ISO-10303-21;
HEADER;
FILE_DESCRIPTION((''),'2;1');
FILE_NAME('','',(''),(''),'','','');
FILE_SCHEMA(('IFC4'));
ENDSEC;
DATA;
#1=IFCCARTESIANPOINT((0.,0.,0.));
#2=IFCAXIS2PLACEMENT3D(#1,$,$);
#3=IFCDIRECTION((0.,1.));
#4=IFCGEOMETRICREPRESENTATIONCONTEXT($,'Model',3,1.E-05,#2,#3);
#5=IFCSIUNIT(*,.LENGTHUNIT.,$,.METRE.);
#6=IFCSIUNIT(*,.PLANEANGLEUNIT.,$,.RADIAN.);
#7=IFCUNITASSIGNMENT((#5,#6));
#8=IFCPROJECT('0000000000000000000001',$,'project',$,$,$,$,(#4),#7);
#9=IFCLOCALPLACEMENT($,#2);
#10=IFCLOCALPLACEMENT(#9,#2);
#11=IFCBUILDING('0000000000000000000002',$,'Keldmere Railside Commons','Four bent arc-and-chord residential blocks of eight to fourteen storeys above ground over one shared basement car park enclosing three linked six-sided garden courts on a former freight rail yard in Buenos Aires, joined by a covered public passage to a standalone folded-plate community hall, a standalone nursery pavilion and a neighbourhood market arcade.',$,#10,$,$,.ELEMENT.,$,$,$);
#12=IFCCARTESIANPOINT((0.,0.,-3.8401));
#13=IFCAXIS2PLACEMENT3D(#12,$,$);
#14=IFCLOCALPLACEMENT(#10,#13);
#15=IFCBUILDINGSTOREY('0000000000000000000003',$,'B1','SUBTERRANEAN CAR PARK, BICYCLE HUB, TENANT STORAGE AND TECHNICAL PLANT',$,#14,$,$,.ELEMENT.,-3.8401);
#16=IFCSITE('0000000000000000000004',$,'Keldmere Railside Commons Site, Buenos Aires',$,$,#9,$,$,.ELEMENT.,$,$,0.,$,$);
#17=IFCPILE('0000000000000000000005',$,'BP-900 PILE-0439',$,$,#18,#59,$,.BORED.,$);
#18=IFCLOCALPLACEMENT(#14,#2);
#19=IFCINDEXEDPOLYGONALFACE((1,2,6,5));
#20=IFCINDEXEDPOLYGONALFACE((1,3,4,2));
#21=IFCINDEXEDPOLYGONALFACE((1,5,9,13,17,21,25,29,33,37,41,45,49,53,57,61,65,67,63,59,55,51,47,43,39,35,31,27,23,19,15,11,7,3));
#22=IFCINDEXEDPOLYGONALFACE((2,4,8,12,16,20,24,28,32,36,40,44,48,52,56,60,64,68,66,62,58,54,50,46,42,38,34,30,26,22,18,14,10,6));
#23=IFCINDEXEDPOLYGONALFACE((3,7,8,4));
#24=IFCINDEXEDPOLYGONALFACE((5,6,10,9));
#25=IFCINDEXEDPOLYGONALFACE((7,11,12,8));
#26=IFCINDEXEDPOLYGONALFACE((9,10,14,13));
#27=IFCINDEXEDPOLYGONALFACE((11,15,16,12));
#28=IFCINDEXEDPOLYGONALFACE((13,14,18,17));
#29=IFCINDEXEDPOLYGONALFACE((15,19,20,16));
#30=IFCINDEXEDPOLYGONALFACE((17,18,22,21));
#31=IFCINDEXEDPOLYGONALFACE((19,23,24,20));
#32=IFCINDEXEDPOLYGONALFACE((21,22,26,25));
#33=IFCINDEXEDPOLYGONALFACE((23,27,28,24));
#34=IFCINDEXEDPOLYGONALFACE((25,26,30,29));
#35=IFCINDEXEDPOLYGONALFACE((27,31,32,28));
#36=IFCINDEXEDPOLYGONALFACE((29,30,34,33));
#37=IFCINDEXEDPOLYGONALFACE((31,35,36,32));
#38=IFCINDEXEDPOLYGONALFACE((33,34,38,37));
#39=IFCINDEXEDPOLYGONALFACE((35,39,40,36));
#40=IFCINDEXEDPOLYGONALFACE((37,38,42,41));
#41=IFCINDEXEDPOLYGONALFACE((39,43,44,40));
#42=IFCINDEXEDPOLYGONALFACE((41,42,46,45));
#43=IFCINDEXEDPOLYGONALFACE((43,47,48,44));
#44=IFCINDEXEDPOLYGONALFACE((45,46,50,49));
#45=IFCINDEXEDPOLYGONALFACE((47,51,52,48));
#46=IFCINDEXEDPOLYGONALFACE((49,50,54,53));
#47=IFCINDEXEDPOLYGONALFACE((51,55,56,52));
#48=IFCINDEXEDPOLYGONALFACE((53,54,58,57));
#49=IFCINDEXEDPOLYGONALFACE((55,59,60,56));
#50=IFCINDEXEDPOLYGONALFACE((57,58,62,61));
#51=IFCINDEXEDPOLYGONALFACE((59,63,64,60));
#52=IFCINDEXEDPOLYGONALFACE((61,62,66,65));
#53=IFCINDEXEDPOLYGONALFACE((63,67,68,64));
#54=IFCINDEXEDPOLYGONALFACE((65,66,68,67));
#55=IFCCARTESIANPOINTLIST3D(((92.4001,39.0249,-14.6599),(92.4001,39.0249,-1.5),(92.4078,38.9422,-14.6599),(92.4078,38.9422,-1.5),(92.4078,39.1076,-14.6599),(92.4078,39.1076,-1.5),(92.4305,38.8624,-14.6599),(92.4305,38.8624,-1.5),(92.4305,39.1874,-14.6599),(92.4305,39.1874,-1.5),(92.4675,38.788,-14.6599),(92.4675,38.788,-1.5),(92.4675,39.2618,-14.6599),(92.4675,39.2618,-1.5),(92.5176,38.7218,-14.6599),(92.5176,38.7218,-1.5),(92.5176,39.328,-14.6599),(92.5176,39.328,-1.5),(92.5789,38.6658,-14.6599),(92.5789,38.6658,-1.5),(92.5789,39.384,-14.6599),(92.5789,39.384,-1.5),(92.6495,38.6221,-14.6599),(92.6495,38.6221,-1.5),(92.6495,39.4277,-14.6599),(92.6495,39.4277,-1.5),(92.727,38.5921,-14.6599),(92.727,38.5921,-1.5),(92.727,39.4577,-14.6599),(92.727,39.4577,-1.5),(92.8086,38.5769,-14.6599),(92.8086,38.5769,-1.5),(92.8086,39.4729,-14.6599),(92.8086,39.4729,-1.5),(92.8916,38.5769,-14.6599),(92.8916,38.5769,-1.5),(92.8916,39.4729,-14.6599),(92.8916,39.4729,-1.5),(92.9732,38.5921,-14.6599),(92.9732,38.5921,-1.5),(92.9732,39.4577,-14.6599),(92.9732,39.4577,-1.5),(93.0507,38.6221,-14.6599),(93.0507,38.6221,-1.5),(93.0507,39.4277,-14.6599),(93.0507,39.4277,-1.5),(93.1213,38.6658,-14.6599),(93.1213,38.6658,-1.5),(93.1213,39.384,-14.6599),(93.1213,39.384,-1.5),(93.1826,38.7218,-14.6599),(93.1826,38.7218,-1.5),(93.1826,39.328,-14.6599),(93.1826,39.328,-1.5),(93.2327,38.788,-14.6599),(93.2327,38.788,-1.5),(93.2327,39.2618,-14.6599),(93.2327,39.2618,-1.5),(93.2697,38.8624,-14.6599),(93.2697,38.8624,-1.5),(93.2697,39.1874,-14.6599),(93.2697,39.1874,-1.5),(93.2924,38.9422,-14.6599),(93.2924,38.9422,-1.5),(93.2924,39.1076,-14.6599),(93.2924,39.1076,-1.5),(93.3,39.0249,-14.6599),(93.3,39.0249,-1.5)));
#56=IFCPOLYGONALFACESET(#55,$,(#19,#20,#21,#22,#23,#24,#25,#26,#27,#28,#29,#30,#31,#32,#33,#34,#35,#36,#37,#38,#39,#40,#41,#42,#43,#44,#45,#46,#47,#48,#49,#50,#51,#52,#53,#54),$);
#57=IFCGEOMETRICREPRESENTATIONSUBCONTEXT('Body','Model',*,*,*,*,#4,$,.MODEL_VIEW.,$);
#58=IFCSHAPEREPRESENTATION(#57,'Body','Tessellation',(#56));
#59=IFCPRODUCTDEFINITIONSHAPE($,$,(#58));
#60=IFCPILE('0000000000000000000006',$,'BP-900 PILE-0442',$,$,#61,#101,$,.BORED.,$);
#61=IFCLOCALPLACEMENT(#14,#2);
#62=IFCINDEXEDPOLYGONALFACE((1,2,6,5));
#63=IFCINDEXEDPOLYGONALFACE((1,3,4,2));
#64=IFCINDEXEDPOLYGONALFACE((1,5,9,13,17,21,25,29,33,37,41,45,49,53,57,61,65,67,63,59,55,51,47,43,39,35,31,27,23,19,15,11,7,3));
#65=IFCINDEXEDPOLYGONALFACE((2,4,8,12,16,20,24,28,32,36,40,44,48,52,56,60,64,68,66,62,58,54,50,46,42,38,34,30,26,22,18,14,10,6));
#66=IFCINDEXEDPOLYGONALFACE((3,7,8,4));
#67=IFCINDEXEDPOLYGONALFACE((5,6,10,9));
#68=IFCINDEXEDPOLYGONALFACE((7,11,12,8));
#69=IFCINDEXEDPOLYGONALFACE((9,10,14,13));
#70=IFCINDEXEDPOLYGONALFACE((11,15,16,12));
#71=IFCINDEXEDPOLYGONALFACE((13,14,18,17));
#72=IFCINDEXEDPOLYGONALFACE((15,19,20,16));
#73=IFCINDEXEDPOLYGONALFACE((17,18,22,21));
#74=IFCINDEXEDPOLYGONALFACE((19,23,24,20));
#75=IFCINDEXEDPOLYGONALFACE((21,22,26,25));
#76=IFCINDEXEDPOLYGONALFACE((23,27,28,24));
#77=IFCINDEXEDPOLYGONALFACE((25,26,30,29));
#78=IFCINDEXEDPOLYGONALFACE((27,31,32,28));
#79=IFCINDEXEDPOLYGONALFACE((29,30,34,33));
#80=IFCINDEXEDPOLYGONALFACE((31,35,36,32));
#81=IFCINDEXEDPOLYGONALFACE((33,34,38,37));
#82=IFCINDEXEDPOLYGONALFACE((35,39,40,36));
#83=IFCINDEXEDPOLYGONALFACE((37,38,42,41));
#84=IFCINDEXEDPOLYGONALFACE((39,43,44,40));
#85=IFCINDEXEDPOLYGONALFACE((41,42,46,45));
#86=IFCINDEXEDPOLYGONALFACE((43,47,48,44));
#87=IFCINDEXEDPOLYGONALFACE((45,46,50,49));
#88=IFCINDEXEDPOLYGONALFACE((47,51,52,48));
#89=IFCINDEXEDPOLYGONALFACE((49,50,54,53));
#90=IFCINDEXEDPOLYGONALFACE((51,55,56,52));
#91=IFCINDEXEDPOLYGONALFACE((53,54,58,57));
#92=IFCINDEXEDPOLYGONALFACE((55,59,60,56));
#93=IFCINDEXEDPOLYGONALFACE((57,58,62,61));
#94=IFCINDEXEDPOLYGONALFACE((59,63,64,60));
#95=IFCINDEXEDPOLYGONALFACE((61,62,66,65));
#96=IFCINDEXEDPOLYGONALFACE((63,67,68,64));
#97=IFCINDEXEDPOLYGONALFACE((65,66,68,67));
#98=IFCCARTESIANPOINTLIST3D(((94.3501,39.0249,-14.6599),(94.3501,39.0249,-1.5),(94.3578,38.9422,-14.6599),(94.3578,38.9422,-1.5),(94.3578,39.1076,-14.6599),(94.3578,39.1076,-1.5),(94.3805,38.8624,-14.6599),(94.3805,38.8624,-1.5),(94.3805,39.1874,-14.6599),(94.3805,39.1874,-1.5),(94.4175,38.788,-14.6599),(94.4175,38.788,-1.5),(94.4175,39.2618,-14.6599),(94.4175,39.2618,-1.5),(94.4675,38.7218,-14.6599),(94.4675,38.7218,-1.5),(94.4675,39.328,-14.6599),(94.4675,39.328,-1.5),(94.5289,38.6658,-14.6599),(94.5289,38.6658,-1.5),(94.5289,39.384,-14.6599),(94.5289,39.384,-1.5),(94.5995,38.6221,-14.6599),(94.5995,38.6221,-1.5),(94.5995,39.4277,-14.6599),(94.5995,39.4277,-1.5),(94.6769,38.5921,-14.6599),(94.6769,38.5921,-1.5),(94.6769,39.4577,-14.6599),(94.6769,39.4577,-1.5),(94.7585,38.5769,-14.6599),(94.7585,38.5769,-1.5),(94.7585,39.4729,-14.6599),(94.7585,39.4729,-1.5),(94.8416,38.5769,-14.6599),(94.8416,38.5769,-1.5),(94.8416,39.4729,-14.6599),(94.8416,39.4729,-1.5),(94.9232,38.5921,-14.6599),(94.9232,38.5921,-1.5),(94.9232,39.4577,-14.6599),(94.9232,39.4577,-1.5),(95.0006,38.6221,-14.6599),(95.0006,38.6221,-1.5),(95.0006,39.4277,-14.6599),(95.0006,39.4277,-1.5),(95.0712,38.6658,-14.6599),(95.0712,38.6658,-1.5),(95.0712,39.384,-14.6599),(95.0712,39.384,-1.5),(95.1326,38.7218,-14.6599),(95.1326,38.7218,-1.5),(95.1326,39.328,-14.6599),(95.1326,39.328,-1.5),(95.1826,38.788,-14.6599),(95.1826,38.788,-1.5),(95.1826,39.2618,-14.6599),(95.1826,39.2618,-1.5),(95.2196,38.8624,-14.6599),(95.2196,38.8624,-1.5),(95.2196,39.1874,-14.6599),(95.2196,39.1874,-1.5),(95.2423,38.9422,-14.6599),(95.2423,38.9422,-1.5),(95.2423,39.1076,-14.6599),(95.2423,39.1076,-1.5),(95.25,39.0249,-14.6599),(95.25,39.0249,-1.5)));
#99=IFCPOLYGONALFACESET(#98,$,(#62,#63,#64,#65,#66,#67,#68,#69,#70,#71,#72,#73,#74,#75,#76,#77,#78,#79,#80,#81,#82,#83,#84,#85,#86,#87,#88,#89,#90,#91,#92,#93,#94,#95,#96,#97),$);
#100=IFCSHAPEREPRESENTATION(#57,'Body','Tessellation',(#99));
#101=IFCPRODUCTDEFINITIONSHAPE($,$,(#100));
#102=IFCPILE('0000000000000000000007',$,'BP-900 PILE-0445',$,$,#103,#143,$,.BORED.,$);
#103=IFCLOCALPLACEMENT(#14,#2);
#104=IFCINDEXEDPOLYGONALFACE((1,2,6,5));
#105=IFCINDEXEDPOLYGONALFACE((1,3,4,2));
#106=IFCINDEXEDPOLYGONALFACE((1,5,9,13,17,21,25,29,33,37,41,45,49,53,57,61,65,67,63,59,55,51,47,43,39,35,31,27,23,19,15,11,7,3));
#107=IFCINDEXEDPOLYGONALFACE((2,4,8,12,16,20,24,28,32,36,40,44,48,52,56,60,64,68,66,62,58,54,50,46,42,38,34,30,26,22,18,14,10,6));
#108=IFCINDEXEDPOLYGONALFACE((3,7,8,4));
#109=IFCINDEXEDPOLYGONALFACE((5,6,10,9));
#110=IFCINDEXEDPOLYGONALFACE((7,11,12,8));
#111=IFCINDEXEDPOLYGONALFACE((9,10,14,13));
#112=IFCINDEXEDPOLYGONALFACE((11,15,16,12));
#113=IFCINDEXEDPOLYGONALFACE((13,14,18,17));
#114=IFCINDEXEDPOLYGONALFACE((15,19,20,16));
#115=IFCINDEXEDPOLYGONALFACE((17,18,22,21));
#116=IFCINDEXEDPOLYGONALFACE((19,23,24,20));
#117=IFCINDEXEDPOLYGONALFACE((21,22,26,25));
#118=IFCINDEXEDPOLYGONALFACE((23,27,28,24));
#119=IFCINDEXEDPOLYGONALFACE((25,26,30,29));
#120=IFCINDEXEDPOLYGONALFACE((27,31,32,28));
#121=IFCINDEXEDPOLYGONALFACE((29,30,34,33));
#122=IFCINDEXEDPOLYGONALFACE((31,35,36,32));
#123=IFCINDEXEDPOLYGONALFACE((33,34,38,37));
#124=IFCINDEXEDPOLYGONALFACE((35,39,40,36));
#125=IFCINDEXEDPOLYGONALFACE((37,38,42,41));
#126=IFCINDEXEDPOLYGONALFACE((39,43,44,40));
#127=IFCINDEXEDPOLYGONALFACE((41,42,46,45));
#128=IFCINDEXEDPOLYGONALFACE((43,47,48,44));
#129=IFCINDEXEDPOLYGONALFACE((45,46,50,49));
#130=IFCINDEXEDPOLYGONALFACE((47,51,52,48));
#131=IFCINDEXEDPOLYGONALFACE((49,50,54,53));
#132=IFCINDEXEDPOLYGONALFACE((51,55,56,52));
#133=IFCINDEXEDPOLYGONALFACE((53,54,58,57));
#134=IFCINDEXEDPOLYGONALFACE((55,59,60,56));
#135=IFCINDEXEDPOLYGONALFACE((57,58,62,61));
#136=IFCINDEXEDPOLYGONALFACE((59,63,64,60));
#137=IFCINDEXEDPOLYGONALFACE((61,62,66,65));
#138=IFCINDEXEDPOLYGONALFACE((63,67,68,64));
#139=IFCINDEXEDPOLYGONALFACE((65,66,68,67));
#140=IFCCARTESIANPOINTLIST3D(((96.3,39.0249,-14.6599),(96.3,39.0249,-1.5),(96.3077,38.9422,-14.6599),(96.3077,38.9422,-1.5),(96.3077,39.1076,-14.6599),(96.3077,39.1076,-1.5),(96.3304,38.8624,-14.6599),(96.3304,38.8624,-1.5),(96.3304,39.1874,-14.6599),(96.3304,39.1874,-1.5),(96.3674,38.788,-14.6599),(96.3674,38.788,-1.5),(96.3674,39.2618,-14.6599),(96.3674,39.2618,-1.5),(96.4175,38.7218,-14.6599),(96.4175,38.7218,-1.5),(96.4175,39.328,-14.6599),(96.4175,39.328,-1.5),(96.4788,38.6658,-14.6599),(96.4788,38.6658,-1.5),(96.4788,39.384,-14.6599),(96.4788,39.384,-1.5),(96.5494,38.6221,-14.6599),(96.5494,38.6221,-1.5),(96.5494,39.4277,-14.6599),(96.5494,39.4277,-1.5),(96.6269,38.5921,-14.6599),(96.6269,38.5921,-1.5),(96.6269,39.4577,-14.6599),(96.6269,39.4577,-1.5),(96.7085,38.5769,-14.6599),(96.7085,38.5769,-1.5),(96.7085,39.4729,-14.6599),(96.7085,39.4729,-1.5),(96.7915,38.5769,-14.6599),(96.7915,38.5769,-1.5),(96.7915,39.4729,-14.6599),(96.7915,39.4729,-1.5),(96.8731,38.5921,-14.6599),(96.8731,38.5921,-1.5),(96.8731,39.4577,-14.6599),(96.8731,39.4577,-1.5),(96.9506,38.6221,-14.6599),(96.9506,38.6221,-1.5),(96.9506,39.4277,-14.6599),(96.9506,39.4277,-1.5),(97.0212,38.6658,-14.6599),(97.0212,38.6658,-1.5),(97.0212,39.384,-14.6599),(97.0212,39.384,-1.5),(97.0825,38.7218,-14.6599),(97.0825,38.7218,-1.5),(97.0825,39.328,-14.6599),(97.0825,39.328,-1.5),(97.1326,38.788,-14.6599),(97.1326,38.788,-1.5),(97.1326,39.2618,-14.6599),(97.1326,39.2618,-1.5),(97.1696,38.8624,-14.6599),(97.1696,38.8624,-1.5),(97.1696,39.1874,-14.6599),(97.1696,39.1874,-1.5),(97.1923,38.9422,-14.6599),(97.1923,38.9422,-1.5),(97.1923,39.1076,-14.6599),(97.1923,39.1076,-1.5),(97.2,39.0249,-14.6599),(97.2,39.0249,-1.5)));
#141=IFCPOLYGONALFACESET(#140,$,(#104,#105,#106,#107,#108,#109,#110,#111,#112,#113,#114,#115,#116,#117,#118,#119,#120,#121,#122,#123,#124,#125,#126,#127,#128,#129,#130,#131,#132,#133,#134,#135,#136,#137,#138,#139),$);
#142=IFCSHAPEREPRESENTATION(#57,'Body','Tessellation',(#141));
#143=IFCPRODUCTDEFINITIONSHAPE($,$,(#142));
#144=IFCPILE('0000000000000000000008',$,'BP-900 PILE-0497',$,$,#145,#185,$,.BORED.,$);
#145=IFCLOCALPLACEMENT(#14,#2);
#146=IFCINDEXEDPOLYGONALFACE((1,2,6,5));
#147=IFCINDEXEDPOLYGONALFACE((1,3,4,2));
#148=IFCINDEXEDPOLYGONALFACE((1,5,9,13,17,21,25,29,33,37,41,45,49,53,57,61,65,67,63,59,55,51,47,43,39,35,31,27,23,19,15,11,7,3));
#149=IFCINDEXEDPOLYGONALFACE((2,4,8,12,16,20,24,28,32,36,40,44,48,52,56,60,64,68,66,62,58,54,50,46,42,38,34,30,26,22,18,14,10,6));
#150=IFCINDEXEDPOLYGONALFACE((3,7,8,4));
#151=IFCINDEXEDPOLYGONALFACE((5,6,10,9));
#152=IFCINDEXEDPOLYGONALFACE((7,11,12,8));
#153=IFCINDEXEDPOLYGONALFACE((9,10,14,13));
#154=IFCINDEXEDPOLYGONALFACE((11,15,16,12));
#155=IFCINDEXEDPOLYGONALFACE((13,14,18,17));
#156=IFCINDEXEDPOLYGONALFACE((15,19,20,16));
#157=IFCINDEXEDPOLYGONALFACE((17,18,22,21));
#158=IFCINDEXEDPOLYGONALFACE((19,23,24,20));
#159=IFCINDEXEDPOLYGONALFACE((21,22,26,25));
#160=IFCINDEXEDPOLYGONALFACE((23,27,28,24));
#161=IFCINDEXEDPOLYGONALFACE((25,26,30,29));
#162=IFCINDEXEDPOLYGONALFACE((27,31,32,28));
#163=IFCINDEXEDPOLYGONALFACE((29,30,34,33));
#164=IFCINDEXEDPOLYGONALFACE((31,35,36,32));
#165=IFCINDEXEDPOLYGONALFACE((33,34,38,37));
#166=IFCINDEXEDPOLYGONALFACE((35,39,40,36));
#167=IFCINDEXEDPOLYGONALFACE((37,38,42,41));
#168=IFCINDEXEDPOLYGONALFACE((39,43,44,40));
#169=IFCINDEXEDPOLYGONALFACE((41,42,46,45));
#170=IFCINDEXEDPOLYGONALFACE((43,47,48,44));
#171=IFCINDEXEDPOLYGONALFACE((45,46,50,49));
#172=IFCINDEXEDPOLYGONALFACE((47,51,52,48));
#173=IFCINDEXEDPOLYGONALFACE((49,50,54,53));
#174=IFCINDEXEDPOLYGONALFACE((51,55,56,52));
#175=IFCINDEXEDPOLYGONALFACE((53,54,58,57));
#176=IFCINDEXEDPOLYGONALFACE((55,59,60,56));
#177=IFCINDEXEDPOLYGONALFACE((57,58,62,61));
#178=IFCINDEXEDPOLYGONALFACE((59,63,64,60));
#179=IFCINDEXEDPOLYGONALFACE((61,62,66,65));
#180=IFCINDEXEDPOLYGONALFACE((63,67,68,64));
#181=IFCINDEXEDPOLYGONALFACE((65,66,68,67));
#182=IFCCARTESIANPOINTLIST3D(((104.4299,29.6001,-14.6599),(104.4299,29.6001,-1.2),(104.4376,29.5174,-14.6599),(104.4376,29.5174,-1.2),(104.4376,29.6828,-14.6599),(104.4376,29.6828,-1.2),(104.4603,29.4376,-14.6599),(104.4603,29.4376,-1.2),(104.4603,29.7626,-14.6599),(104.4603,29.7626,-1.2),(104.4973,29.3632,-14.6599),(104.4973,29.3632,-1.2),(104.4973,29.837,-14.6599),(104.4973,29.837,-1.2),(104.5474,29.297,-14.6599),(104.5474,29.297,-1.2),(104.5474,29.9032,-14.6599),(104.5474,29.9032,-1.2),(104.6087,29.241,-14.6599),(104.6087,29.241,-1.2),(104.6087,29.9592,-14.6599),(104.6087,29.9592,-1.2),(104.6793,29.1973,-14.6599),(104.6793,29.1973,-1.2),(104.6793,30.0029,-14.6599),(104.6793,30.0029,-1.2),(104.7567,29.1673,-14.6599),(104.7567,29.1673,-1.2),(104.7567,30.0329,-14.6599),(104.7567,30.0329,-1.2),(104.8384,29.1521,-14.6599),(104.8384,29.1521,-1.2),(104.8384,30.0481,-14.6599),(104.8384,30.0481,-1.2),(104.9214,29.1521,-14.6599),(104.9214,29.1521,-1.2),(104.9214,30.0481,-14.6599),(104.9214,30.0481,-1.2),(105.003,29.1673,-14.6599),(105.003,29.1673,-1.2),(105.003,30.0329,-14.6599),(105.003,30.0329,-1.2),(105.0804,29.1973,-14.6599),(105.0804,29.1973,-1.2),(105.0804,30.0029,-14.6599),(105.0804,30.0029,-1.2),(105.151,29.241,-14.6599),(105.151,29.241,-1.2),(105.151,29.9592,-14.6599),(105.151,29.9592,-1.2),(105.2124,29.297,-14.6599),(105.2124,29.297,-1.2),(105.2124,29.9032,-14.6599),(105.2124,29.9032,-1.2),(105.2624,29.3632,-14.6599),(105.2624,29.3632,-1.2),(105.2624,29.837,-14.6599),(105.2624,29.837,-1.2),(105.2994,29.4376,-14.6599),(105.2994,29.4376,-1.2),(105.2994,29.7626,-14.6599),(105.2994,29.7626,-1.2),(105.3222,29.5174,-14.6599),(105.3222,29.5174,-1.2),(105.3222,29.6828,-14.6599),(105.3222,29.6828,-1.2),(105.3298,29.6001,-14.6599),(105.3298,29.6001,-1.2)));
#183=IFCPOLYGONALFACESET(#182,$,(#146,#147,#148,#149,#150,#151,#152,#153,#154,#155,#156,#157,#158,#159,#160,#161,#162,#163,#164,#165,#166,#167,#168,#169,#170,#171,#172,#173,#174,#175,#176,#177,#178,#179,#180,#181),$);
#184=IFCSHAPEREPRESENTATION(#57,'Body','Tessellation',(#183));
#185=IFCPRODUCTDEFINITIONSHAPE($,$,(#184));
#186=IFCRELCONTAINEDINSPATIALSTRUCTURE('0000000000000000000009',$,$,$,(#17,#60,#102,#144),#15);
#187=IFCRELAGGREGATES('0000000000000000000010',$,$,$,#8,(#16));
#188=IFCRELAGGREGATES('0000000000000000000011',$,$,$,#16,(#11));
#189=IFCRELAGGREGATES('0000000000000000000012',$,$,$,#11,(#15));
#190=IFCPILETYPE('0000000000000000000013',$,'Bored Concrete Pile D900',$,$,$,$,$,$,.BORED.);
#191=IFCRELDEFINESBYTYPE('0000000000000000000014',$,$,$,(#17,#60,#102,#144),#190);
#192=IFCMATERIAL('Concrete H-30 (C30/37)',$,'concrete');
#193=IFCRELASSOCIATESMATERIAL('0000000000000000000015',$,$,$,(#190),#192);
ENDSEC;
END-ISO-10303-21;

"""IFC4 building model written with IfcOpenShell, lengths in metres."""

from ifc_helpers import new_model, si_unit, direction, frame, origin, origin_2d, place, context, subcontext, project, spatial, circle, extrude, material, material_profile, profile_set, type_object, element, save


model = new_model("IFC4")

# Units and contexts
model_context = context("Model", 3, precision=1e-05, world=origin(), true_north=direction((0.0, 1.0)))
body_context = subcontext(model_context, "Body", "Model", "MODEL_VIEW")
ifc_project = project(units=[si_unit("LENGTHUNIT", "METRE"), si_unit("PLANEANGLEUNIT", "RADIAN")], contexts=[model_context])

# Site, building, storey
site_placement = place(None, origin())
site = spatial("IfcSite", under=ifc_project, at=site_placement, Name="Keldmere Railside Commons Site, Buenos Aires", CompositionType="ELEMENT", RefElevation=0.0)
building_placement = place(site_placement, origin())
building = spatial("IfcBuilding", under=site, at=building_placement, Name="Keldmere Railside Commons", Description="Four bent arc-and-chord residential blocks of eight to fourteen storeys above ground over one shared basement car park enclosing three linked six-sided garden courts on a former freight rail yard in Buenos Aires, joined by a covered public passage to a standalone folded-plate community hall, a standalone nursery pavilion and a neighbourhood market arcade.", CompositionType="ELEMENT")
storey_placement = place(building_placement, frame((0.0, 0.0, -3.8401)))
storey = spatial("IfcBuildingStorey", under=building, at=storey_placement, Name="B1", Description="SUBTERRANEAN CAR PARK, BICYCLE HUB, TENANT STORAGE AND TECHNICAL PLANT", CompositionType="ELEMENT", Elevation=-3.8401)

# Piles
ifc_material_1 = material(Name="Concrete H-30 (C30/37)", Category="concrete")
ifc_material_profile_1 = material_profile(ifc_material_1, circle(Radius=0.45, at=origin_2d()), Name="PILE-D900")
ifc_profile_set_1 = profile_set([ifc_material_profile_1], Name="Concrete H-30 (C30/37)")
pile_type_1 = type_object("IfcPileType", Name="Bored Concrete Pile D900", PredefinedType="BORED", material=ifc_profile_set_1)
for number, where, z_axis, x_axis, name in (
    (1, (92.8501, 39.0249, -1.5), (0.0, 0.0, -1.0), (1.0, 0.0, 0.0), "BP-900 PILE-0439"),
    (2, (94.8, 39.0249, -1.5), (0.0, 0.0, -1.0), (1.0, 0.0, 0.0), "BP-900 PILE-0442"),
    (3, (96.75, 39.0249, -1.5), (0.0, 0.0, -1.0), (1.0, 0.0, 0.0), "BP-900 PILE-0445"),
):
    element("IfcPile", number, at=place(storey_placement, frame(where, z_axis=z_axis, x_axis=x_axis)), inside=storey, type_object=pile_type_1, Name=name, PredefinedType="BORED", context=body_context, shape_type="SweptSolid", body=[
        extrude(circle(Radius=0.45, at=origin_2d()), origin(), (0.0, 0.0, 1.0), 13.1599),
    ])
for number, where, z_axis, x_axis, name in (
    (4, (104.8799, 29.6001, -1.2), (0.0, 0.0, -1.0), (1.0, 0.0, 0.0), "BP-900 PILE-0497"),
):
    element("IfcPile", number, at=place(storey_placement, frame(where, z_axis=z_axis, x_axis=x_axis)), inside=storey, type_object=pile_type_1, Name=name, PredefinedType="BORED", context=body_context, shape_type="SweptSolid", body=[
        extrude(circle(Radius=0.45, at=origin_2d()), origin(), (0.0, 0.0, 1.0), 13.46),
    ])

save(model, "model.ifc")
